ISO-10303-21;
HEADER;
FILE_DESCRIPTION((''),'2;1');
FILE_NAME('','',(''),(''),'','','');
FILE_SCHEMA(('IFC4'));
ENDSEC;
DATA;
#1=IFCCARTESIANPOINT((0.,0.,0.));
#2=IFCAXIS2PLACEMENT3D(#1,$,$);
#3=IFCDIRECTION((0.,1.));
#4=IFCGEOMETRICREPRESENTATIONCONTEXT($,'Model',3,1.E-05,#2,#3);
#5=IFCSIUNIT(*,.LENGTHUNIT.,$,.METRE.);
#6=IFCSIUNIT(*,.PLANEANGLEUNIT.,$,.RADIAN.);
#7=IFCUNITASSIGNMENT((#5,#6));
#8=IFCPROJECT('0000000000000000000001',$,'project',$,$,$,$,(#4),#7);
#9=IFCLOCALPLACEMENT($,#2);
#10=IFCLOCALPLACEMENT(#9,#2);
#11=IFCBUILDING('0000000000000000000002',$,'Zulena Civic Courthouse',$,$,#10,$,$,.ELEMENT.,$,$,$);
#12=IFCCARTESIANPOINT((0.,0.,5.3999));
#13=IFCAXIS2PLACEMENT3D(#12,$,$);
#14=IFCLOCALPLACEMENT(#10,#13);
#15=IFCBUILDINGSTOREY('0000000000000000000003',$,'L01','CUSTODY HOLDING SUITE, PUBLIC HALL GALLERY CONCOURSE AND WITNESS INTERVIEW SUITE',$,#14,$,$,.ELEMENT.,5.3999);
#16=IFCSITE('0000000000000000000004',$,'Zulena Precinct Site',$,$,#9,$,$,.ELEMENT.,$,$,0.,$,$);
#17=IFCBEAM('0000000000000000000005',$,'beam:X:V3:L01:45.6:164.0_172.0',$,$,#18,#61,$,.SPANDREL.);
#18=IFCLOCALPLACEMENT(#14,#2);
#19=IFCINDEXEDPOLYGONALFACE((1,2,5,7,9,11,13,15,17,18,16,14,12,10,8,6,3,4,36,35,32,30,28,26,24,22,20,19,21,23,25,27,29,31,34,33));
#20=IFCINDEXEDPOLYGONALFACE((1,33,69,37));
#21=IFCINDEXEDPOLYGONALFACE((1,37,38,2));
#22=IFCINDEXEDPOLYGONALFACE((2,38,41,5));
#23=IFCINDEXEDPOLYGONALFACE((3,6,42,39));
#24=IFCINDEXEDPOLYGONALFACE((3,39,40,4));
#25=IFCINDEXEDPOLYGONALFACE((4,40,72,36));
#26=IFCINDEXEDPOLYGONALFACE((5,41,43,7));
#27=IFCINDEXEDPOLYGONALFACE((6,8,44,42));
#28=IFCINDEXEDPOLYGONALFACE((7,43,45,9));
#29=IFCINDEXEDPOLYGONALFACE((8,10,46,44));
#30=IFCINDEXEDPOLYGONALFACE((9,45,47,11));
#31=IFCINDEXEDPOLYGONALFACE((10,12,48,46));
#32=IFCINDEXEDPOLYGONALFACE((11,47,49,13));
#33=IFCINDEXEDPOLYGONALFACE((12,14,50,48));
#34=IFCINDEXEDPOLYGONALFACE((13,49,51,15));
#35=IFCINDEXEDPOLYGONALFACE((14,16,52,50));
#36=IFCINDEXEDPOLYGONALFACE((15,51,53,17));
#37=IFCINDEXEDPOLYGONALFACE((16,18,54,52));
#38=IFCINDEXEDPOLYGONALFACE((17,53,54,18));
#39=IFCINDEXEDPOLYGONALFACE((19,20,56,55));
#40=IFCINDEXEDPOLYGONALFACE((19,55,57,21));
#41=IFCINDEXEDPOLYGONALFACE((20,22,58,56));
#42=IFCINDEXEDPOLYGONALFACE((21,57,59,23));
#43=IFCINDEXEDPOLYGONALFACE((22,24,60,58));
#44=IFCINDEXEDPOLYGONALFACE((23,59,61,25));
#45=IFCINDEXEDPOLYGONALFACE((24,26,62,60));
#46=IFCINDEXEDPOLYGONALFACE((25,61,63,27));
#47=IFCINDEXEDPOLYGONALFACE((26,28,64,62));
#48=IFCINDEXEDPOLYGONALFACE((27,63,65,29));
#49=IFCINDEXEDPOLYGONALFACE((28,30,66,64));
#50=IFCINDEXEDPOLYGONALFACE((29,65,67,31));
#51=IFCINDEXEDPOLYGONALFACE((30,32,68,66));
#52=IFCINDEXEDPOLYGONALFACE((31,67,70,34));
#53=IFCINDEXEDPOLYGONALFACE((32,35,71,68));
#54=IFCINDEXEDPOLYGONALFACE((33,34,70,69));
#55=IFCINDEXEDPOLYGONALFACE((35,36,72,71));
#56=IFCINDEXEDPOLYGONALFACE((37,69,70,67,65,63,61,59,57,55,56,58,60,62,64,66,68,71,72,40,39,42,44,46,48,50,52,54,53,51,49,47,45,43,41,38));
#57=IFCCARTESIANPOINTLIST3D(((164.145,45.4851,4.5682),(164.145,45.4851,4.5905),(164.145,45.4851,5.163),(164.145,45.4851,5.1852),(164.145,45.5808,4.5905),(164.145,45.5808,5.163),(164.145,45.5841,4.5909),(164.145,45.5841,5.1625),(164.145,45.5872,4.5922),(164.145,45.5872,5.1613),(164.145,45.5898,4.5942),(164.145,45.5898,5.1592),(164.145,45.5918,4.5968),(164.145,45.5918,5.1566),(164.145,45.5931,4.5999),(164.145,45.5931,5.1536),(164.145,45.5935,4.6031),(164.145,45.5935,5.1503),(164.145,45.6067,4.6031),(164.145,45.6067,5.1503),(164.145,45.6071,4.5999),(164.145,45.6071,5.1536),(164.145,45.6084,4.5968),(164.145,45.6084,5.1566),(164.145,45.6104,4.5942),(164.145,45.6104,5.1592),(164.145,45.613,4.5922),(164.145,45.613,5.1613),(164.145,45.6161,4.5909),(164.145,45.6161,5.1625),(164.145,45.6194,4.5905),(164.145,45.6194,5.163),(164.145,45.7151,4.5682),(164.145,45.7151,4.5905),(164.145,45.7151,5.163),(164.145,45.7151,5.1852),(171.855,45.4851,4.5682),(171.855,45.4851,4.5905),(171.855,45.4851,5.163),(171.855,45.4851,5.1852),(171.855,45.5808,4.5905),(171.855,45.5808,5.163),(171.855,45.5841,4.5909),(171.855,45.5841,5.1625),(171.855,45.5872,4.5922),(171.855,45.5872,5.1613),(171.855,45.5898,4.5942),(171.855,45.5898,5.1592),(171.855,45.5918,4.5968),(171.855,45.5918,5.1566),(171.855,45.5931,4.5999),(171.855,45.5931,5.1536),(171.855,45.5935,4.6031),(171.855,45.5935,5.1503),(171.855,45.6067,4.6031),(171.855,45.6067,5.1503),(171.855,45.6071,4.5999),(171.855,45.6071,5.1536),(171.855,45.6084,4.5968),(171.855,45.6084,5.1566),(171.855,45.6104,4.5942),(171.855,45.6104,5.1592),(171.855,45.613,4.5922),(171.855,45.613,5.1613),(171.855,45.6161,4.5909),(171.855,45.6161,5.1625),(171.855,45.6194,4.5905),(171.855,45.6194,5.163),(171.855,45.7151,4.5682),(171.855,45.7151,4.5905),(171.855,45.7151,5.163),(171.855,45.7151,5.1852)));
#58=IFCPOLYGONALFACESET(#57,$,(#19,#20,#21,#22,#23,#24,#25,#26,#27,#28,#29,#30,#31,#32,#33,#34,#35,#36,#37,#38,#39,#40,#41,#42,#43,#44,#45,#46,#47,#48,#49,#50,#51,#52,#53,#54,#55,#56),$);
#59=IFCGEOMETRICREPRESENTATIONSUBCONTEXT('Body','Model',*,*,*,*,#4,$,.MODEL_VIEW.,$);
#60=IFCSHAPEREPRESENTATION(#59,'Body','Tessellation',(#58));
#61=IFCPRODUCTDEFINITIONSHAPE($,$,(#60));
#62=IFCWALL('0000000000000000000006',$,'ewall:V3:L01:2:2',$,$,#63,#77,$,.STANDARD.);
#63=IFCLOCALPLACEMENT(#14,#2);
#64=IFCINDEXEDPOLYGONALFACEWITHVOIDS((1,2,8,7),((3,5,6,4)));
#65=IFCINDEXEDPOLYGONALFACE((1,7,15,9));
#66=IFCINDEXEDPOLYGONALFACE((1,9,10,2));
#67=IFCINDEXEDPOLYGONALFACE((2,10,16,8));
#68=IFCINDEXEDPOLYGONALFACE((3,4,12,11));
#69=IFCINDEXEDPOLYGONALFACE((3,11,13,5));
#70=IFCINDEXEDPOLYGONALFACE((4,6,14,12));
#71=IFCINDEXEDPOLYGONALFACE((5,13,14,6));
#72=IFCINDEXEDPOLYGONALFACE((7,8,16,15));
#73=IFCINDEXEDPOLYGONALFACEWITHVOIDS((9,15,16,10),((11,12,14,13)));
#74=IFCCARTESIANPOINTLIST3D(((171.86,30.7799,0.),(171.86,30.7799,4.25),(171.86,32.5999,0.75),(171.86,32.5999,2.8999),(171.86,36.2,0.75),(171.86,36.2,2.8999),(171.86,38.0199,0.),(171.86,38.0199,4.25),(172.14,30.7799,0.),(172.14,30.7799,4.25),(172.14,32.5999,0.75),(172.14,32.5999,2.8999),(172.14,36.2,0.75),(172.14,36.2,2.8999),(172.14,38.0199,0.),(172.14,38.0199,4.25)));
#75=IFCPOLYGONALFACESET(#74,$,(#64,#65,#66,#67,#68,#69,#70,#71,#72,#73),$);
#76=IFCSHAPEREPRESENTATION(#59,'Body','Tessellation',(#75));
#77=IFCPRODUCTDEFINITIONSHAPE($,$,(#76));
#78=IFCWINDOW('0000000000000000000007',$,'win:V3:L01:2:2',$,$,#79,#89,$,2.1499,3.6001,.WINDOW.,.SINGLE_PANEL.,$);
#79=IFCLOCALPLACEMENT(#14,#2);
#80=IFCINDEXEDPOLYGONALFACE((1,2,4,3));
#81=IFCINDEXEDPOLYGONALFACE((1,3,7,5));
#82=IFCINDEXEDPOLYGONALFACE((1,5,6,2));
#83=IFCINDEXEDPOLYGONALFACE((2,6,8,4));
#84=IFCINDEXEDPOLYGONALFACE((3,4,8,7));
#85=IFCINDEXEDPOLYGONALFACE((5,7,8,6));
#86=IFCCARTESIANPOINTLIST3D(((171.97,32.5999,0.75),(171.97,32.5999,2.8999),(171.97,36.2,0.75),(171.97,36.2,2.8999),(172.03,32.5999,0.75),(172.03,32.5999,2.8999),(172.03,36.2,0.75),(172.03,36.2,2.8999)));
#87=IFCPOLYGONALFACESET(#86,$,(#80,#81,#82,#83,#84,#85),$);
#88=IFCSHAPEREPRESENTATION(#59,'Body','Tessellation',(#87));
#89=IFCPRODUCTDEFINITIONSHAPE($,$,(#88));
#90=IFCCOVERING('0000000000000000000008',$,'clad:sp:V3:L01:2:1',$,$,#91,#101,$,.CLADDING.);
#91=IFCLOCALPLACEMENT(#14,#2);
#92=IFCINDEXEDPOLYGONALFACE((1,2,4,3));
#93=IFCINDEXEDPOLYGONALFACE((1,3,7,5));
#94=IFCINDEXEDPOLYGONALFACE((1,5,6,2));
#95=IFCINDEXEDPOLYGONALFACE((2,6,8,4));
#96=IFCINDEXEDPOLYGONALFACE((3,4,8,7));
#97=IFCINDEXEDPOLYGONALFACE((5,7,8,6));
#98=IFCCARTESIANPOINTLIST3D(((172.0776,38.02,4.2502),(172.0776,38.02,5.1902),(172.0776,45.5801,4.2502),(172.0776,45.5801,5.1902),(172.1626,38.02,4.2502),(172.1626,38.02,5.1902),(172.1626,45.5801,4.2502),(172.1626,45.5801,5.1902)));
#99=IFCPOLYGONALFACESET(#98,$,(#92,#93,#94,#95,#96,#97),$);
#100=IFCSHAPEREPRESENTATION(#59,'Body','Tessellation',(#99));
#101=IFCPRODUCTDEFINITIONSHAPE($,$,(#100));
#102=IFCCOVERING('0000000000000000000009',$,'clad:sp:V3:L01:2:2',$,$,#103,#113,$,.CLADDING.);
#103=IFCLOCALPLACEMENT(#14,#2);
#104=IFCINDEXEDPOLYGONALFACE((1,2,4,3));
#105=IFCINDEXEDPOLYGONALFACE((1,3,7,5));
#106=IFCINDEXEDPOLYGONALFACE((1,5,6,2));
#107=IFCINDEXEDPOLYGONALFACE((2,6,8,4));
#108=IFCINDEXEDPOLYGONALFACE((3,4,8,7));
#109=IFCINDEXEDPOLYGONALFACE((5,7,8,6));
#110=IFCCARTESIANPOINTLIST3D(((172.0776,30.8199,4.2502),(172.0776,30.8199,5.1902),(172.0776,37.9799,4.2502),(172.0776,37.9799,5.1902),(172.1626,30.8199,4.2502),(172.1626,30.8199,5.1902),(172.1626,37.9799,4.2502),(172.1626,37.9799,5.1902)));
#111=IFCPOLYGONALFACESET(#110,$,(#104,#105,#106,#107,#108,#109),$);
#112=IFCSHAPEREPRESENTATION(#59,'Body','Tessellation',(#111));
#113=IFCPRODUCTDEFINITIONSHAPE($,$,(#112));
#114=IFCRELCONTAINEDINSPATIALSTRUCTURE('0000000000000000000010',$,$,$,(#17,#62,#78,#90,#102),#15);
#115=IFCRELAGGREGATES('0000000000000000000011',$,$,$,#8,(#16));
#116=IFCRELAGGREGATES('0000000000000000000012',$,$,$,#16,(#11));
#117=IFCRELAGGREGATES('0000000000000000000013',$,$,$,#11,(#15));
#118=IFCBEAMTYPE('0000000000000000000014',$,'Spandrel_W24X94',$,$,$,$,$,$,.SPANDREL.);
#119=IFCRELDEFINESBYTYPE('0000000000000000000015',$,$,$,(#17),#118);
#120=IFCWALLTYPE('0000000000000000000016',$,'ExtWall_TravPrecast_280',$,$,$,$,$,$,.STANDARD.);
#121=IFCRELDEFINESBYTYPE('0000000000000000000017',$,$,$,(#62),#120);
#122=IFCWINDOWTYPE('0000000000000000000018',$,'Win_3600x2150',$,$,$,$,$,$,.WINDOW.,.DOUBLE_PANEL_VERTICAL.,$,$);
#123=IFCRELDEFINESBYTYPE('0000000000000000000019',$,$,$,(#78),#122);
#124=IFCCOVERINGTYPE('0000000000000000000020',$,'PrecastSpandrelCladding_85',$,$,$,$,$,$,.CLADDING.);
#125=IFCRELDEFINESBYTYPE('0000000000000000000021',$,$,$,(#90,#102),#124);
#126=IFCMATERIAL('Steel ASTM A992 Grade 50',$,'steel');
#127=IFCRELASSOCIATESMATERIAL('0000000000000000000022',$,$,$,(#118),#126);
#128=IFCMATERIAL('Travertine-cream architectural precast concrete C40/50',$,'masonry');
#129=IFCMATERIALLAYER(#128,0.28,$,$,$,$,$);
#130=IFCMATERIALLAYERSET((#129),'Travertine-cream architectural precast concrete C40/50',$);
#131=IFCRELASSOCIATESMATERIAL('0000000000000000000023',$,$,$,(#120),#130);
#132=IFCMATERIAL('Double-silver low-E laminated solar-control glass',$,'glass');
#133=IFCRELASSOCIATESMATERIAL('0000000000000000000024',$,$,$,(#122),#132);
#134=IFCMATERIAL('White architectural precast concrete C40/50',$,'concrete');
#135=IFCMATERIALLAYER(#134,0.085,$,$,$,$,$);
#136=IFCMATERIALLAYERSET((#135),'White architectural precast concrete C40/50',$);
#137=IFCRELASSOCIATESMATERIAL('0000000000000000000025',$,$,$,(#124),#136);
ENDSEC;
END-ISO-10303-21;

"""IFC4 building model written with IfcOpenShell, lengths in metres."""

from ifc_helpers import new_model, si_unit, direction, frame, frame_2d, origin, origin_2d, place, context, subcontext, project, spatial, rectangle, i_section, extrude, material, layer, layer_set, material_profile, profile_set, type_object, element, fill, save


model = new_model("IFC4")

# Units and contexts
model_context = context("Model", 3, precision=1e-05, world=origin(), true_north=direction((0.0, 1.0)))
body_context = subcontext(model_context, "Body", "Model", "MODEL_VIEW")
ifc_project = project(units=[si_unit("LENGTHUNIT", "METRE"), si_unit("PLANEANGLEUNIT", "RADIAN")], contexts=[model_context])

# Site, building, storey
site_placement = place(None, origin())
site = spatial("IfcSite", under=ifc_project, at=site_placement, Name="Zulena Precinct Site", CompositionType="ELEMENT", RefElevation=0.0)
building_placement = place(site_placement, origin())
building = spatial("IfcBuilding", under=site, at=building_placement, Name="Zulena Civic Courthouse", CompositionType="ELEMENT")
storey_placement = place(building_placement, frame((0.0, 0.0, 5.3999)))
storey = spatial("IfcBuildingStorey", under=building, at=storey_placement, Name="L01", Description="CUSTODY HOLDING SUITE, PUBLIC HALL GALLERY CONCOURSE AND WITNESS INTERVIEW SUITE", CompositionType="ELEMENT", Elevation=5.3999)

# Shared definitions
ifc_material_1 = material(Name="Steel ASTM A992 Grade 50", Category="steel")

# Shared definitions
ifc_material_2 = material(Name="Double-silver low-E laminated solar-control glass", Category="glass")

# Beam
ifc_material_profile_1 = material_profile(ifc_material_1, i_section(OverallWidth=0.23, OverallDepth=0.6169, WebThickness=0.0132, FlangeThickness=0.0222, FilletRadius=0.0127, at=origin_2d()), Name="W24X94")
ifc_profile_set_1 = profile_set([ifc_material_profile_1], Name="Steel ASTM A992 Grade 50")
beam_type_1 = type_object("IfcBeamType", Name="Spandrel_W24X94", PredefinedType="SPANDREL", material=ifc_profile_set_1)
for number, where, z_axis, x_axis, name in (
    (1, (164.145, 45.6001, 4.8767), (1.0, 0.0, 0.0), (0.0, 1.0, 0.0), "beam:X:V3:L01:45.6:164.0_172.0"),
):
    element("IfcBeam", number, at=place(storey_placement, frame(where, z_axis=z_axis, x_axis=x_axis)), inside=storey, type_object=beam_type_1, Name=name, PredefinedType="SPANDREL", context=body_context, shape_type="SweptSolid", body=[
        extrude(i_section(OverallWidth=0.23, OverallDepth=0.6169, WebThickness=0.0132, FlangeThickness=0.0222, FilletRadius=0.0127, at=origin_2d()), origin(), (0.0, 0.0, 1.0), 7.71),
    ])

# Wall, opening, window
ifc_material_3 = material(Name="Travertine-cream architectural precast concrete C40/50", Category="masonry")
ifc_layer_1 = layer(ifc_material_3, 0.28)
ifc_layer_set_1 = layer_set([ifc_layer_1], Name="Travertine-cream architectural precast concrete C40/50")
wall_type = type_object("IfcWallType", Name="ExtWall_TravPrecast_280", PredefinedType="STANDARD", material=ifc_layer_set_1)
wall_placement = place(storey_placement, frame((172.0, 38.02, 0.0), z_axis=(0.0, 0.0, 1.0), x_axis=(0.0, -1.0, 0.0)))
wall = element("IfcWall", 2, at=wall_placement, inside=storey, type_object=wall_type, Name="ewall:V3:L01:2:2", PredefinedType="STANDARD", context=body_context, shape_type="SweptSolid", body=[
    extrude(rectangle(XDim=7.24, YDim=0.28, at=frame_2d((3.6201, 0.0))), origin(), (0.0, 0.0, 1.0), 4.25),
])
opening_placement = place(wall_placement, frame((1.8201, 0.0, 0.75)))
opening = element("IfcOpeningElement", 3, at=opening_placement, cuts=wall, PredefinedType="OPENING", context=body_context, shape_type="SweptSolid", body=[
    extrude(rectangle(XDim=3.6001, YDim=2.1499, at=frame_2d((1.8, 1.075))), frame((0.0, 0.1499, 0.0), z_axis=(0.0, -1.0, 0.0), x_axis=(1.0, 0.0, 0.0)), (0.0, 0.0, 1.0), 0.3),
])
window_type = type_object("IfcWindowType", Name="Win_3600x2150", PartitioningType="DOUBLE_PANEL_VERTICAL", PredefinedType="WINDOW", material=ifc_material_2)
window_placement = place(opening_placement, origin())
window = element("IfcWindow", 4, at=window_placement, inside=storey, type_object=window_type, Name="win:V3:L01:2:2", OverallHeight=2.1499, OverallWidth=3.6001, PartitioningType="SINGLE_PANEL", PredefinedType="WINDOW", context=body_context, shape_type="SweptSolid", body=[
    extrude(rectangle(XDim=3.6001, YDim=2.1499, at=frame_2d((1.8, 1.075))), frame((0.0, 0.03, 0.0), z_axis=(0.0, -1.0, 0.0), x_axis=(1.0, 0.0, 0.0)), (0.0, 0.0, 1.0), 0.0601),
])
fill(opening, window)

# Coverings
ifc_material_4 = material(Name="White architectural precast concrete C40/50", Category="concrete")
ifc_layer_2 = layer(ifc_material_4, 0.085)
ifc_layer_set_2 = layer_set([ifc_layer_2], Name="White architectural precast concrete C40/50")
covering_type = type_object("IfcCoveringType", Name="PrecastSpandrelCladding_85", PredefinedType="CLADDING", material=ifc_layer_set_2)
covering_1_placement = place(storey_placement, frame((172.1201, 41.8, 4.2502), z_axis=(0.0, 0.0, 1.0), x_axis=(0.0, -1.0, 0.0)))
element("IfcCovering", 5, at=covering_1_placement, inside=storey, type_object=covering_type, Name="clad:sp:V3:L01:2:1", PredefinedType="CLADDING", context=body_context, shape_type="SweptSolid", body=[
    extrude(rectangle(XDim=7.5601, YDim=0.085, at=origin_2d()), origin(), (0.0, 0.0, 1.0), 0.9399),
])
covering_2_placement = place(storey_placement, frame((172.1201, 34.3999, 4.2502), z_axis=(0.0, 0.0, 1.0), x_axis=(0.0, -1.0, 0.0)))
element("IfcCovering", 6, at=covering_2_placement, inside=storey, type_object=covering_type, Name="clad:sp:V3:L01:2:2", PredefinedType="CLADDING", context=body_context, shape_type="SweptSolid", body=[
    extrude(rectangle(XDim=7.1599, YDim=0.085, at=origin_2d()), origin(), (0.0, 0.0, 1.0), 0.9399),
])

save(model, "model.ifc")
